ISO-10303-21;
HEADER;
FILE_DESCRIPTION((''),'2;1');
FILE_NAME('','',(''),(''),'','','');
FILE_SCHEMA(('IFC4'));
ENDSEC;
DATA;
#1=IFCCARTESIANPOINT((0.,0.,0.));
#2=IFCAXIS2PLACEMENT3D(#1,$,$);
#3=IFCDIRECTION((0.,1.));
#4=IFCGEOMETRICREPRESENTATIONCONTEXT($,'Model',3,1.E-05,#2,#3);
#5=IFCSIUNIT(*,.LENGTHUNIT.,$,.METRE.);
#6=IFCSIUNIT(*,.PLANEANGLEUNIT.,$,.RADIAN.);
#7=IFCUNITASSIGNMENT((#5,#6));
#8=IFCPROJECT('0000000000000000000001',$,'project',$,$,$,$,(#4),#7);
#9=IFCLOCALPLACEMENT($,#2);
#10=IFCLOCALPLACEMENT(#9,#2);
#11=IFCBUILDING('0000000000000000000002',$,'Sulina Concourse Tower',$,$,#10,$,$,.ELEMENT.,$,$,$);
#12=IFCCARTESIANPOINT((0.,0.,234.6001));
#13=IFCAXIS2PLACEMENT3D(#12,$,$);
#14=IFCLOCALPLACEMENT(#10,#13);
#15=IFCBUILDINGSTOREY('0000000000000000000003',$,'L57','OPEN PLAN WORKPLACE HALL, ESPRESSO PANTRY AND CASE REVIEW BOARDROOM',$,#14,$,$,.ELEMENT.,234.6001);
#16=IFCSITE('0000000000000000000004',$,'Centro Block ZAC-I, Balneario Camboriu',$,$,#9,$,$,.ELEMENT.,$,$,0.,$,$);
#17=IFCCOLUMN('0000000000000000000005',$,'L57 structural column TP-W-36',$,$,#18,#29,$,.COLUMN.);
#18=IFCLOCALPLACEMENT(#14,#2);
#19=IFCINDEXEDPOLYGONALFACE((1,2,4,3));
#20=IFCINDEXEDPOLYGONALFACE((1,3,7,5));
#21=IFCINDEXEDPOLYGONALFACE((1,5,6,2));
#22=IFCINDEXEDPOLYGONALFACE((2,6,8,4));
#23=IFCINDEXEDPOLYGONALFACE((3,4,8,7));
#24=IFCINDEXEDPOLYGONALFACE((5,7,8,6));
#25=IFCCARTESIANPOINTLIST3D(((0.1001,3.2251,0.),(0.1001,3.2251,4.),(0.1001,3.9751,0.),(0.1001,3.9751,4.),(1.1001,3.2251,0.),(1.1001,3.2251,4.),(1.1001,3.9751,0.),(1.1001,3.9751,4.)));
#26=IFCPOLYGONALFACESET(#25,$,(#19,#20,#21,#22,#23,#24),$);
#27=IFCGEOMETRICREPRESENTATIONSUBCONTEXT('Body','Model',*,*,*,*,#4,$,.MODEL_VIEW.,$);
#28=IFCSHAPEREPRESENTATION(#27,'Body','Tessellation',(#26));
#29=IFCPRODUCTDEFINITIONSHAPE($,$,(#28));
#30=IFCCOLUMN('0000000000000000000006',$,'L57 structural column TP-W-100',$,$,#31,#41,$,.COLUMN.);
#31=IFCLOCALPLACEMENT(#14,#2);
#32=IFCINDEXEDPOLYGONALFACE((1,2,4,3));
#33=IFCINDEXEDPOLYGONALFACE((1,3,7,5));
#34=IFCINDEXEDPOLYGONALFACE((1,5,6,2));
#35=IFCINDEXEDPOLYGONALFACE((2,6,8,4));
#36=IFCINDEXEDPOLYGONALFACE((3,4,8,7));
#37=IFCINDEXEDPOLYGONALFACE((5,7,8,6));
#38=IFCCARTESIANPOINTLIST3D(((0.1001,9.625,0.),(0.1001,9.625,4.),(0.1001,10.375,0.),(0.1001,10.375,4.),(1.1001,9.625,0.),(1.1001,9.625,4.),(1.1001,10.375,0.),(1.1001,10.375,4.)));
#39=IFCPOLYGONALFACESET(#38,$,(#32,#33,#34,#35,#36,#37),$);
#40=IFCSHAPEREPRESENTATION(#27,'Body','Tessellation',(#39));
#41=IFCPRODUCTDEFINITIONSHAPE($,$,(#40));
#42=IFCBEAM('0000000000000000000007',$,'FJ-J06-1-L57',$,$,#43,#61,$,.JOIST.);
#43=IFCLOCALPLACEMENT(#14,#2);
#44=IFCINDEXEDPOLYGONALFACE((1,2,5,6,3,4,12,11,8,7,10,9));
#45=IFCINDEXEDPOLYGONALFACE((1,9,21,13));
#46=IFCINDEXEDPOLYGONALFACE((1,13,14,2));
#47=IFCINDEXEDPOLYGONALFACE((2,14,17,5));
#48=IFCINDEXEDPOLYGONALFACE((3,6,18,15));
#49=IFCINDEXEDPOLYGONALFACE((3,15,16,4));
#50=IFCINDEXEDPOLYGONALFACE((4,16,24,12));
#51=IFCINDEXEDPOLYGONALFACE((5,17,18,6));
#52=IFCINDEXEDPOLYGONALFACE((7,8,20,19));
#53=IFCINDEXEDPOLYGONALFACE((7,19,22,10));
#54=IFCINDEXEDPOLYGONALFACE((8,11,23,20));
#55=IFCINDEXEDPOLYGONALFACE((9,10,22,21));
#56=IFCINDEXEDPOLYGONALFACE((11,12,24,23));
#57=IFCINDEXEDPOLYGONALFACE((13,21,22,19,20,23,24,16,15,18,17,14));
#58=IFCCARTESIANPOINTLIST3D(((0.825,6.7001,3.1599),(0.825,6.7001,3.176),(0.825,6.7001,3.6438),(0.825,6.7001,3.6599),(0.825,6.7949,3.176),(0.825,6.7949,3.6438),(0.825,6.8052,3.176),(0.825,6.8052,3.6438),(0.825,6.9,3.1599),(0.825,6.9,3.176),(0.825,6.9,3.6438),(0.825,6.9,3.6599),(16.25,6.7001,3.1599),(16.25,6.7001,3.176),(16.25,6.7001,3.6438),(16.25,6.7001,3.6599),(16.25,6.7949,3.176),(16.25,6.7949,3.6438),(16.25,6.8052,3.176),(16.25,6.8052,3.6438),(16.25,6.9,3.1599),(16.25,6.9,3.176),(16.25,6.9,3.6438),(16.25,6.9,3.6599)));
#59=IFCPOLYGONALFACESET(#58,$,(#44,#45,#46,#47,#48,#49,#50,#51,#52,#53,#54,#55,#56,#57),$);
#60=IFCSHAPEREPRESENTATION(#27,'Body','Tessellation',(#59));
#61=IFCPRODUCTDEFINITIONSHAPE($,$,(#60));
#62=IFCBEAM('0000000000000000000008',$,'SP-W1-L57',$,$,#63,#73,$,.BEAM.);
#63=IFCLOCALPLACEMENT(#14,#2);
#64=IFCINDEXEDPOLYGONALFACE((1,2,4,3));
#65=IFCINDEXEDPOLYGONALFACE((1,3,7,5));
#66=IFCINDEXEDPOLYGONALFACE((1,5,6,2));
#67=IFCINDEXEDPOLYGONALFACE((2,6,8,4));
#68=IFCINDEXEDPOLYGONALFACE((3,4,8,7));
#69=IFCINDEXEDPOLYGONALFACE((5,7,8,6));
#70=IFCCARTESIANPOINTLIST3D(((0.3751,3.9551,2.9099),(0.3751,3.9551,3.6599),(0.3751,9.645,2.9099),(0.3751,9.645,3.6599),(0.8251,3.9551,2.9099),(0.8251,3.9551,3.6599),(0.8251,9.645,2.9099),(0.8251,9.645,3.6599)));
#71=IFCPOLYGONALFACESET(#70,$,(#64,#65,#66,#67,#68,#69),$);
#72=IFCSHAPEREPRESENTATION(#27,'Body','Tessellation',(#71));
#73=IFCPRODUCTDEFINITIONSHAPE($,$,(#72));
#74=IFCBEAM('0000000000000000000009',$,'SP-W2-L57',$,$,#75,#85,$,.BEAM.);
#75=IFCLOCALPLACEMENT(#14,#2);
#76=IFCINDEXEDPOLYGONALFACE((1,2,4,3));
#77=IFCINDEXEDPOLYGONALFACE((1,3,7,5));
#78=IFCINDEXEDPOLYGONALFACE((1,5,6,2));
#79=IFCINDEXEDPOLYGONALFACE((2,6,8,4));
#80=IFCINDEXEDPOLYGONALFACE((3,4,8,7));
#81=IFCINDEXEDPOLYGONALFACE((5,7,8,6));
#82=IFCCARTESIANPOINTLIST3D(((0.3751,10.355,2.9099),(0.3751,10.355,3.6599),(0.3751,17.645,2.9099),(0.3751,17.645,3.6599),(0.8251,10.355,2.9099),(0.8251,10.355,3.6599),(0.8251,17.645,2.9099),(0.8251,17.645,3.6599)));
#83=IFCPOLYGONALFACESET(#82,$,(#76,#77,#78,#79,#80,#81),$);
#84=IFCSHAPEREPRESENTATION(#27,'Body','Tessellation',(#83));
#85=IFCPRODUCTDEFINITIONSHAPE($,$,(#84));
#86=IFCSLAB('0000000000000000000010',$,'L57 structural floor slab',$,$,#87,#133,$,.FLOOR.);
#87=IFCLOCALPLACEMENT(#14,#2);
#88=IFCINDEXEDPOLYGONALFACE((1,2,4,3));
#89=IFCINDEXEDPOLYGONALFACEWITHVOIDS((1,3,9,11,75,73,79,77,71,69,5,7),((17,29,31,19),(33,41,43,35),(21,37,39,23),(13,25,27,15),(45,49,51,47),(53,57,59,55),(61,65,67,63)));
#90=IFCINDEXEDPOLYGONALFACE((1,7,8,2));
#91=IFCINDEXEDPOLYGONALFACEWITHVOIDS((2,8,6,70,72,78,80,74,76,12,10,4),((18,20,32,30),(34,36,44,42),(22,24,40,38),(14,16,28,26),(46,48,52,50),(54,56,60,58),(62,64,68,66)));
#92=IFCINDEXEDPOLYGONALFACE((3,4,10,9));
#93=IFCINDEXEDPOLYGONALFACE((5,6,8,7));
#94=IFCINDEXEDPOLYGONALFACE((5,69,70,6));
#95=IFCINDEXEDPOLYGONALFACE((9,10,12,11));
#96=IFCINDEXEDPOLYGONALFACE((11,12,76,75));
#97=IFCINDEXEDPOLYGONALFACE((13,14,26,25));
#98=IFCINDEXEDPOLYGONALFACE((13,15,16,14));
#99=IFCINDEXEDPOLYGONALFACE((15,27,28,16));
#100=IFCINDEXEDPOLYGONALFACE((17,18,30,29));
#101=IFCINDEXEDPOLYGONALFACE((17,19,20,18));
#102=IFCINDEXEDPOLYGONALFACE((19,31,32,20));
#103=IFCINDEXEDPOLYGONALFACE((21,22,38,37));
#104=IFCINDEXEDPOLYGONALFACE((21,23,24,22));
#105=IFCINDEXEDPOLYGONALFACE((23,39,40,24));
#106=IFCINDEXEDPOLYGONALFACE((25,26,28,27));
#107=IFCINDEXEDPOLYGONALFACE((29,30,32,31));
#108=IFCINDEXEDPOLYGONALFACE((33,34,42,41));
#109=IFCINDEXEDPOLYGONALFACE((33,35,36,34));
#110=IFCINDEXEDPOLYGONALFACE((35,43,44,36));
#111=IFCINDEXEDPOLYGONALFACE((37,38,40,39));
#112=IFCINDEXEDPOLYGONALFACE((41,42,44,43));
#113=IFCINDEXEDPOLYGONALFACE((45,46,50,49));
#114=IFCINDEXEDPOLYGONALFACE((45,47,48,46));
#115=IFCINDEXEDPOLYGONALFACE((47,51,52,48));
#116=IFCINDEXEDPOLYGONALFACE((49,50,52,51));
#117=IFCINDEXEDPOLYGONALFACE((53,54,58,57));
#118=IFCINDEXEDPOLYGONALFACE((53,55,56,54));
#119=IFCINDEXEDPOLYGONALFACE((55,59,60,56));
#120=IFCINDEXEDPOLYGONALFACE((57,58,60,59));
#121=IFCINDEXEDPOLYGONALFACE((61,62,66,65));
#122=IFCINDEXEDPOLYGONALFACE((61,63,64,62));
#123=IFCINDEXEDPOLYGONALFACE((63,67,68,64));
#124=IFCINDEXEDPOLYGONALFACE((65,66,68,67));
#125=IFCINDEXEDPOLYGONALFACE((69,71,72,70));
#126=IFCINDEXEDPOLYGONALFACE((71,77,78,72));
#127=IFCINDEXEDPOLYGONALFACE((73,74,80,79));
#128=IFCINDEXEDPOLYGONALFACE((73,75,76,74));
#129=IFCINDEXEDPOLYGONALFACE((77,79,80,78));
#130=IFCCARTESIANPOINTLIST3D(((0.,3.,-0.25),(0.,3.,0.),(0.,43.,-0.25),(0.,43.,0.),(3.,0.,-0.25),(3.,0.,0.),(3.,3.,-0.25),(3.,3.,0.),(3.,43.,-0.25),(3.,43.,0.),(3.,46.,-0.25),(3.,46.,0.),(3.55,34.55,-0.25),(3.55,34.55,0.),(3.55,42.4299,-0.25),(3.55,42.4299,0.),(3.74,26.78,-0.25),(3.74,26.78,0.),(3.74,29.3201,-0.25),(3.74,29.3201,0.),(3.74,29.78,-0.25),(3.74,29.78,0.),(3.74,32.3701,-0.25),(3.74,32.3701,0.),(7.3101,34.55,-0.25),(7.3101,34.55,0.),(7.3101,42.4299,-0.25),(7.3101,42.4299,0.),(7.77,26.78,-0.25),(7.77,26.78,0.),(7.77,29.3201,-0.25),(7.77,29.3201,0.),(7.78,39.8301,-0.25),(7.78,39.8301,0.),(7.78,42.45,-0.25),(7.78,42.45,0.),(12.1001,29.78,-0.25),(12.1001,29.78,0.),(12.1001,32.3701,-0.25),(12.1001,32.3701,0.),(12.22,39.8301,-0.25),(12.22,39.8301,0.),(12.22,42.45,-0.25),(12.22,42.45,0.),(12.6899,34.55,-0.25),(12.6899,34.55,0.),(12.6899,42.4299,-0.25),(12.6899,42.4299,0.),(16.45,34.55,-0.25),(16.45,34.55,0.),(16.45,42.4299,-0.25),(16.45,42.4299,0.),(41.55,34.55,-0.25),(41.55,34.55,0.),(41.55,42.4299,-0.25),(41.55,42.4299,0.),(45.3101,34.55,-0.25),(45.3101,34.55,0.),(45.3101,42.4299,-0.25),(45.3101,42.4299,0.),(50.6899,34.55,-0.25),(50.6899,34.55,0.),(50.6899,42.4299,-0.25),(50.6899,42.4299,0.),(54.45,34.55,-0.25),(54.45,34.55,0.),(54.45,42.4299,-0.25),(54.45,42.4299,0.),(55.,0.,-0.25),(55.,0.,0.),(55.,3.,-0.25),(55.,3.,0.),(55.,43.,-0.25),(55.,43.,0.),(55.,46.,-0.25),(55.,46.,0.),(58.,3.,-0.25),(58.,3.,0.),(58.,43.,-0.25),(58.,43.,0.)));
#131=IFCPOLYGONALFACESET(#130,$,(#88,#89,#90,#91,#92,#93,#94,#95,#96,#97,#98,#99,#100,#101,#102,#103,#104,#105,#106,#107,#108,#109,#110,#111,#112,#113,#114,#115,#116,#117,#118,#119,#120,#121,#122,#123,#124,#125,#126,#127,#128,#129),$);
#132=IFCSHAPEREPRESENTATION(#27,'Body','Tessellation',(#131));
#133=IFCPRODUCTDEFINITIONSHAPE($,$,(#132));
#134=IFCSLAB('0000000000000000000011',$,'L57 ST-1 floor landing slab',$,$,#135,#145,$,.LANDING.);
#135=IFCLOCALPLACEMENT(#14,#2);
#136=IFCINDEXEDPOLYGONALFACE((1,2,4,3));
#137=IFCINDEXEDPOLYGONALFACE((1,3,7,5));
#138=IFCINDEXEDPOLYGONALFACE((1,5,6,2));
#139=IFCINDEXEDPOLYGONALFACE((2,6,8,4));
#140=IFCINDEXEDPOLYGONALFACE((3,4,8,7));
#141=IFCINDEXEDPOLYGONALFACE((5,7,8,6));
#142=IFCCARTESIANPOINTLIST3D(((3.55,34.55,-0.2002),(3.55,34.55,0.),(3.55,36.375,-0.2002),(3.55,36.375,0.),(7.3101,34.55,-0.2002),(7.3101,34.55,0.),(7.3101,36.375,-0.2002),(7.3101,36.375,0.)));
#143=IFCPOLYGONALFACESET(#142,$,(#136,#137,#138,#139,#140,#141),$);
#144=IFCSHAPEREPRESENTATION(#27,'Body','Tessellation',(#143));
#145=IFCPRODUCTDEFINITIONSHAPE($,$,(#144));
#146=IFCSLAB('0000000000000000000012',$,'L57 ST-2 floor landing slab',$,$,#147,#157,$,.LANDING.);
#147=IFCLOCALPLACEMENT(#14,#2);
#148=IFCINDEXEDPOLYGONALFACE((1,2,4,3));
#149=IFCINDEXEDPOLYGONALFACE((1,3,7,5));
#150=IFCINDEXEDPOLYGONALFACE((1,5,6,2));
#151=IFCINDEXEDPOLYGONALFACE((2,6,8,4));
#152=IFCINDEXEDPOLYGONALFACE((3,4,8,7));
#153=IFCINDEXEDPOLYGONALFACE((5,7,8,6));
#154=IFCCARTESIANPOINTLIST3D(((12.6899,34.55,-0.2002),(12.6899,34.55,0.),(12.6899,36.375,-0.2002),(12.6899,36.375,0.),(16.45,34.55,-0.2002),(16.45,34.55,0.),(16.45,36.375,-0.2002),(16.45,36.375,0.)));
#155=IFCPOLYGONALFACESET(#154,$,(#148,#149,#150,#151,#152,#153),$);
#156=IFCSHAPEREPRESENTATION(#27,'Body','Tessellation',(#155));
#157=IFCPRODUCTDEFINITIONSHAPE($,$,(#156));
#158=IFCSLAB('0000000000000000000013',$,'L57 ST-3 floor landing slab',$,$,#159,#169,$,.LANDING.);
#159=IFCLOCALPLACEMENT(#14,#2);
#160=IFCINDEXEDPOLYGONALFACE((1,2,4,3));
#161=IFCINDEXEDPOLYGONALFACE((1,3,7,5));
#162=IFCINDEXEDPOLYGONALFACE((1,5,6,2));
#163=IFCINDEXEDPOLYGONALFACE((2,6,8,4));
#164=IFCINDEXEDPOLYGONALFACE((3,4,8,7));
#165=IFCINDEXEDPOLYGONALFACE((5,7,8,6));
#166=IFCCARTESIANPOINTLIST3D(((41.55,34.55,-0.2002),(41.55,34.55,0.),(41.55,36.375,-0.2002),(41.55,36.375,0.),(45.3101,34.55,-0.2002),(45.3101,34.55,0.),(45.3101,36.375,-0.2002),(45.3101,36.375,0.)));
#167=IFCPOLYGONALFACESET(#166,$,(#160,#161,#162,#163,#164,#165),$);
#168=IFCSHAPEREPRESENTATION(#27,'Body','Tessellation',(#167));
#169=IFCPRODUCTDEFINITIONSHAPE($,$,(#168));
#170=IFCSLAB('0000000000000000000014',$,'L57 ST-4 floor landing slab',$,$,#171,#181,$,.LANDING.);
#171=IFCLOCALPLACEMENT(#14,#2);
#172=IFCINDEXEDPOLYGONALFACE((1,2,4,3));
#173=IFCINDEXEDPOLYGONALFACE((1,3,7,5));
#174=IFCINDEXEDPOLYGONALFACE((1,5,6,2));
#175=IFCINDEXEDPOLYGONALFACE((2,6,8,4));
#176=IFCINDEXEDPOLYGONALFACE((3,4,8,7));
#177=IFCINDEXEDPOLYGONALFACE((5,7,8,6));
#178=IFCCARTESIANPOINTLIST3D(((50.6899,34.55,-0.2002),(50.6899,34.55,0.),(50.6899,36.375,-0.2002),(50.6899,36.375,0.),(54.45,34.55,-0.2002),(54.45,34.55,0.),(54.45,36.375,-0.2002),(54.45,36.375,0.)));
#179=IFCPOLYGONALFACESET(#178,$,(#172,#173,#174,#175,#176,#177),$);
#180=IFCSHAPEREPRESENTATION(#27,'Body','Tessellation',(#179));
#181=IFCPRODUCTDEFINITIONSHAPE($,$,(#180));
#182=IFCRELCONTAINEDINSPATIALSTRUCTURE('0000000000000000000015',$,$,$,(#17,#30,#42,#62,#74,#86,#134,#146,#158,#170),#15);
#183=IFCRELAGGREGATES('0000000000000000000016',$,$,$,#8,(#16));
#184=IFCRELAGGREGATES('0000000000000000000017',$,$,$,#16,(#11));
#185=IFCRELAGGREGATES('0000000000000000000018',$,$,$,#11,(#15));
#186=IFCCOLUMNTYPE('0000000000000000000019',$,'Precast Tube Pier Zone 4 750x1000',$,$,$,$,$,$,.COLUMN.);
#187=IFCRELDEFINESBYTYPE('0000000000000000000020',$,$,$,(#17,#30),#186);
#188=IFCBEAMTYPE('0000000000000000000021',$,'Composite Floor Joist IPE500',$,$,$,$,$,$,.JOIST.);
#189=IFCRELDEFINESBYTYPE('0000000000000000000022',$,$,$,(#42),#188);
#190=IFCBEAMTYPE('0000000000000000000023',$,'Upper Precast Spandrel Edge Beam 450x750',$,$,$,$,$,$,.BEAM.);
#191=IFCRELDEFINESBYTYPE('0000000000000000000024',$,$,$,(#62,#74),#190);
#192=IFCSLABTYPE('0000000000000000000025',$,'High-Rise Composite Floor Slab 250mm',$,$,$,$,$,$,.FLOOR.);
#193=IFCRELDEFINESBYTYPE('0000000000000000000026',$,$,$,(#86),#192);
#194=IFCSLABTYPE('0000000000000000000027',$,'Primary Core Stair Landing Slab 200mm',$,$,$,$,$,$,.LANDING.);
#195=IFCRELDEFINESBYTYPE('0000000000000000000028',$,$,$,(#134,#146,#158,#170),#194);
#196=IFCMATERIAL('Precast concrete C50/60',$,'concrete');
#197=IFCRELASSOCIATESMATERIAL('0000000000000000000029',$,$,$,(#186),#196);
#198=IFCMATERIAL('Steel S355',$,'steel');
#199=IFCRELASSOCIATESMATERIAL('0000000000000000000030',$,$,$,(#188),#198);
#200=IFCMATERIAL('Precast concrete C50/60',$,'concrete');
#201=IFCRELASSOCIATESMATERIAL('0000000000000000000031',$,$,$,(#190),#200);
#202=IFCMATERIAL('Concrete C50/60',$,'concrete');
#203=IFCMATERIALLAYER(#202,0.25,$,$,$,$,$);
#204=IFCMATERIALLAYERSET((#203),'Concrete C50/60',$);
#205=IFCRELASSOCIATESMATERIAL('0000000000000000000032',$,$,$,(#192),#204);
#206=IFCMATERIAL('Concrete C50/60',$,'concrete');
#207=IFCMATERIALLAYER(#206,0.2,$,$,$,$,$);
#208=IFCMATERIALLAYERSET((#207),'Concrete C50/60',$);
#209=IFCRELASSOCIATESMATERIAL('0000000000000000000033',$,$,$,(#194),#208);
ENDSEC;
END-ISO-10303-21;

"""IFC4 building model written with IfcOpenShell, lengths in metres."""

from ifc_helpers import new_model, si_unit, direction, frame, origin, origin_2d, place, context, subcontext, project, spatial, polyline, rectangle, i_section, outline, extrude, material, layer, layer_set, material_profile, profile_set, type_object, element, save


model = new_model("IFC4")

# Units and contexts
model_context = context("Model", 3, precision=1e-05, world=origin(), true_north=direction((0.0, 1.0)))
body_context = subcontext(model_context, "Body", "Model", "MODEL_VIEW")
ifc_project = project(units=[si_unit("LENGTHUNIT", "METRE"), si_unit("PLANEANGLEUNIT", "RADIAN")], contexts=[model_context])

# Site, building, storey
site_placement = place(None, origin())
site = spatial("IfcSite", under=ifc_project, at=site_placement, Name="Centro Block ZAC-I, Balneario Camboriu", CompositionType="ELEMENT", RefElevation=0.0)
building_placement = place(site_placement, origin())
building = spatial("IfcBuilding", under=site, at=building_placement, Name="Sulina Concourse Tower", CompositionType="ELEMENT")
storey_placement = place(building_placement, frame((0.0, 0.0, 234.6001)))
storey = spatial("IfcBuildingStorey", under=building, at=storey_placement, Name="L57", Description="OPEN PLAN WORKPLACE HALL, ESPRESSO PANTRY AND CASE REVIEW BOARDROOM", CompositionType="ELEMENT", Elevation=234.6001)

# Columns
ifc_material_1 = material(Name="Precast concrete C50/60", Category="concrete")
ifc_material_profile_1 = material_profile(ifc_material_1, rectangle(XDim=0.75, YDim=1.0, at=origin_2d()), Name="PC 750x1000")
ifc_profile_set_1 = profile_set([ifc_material_profile_1], Name="Precast concrete C50/60")
column_type = type_object("IfcColumnType", Name="Precast Tube Pier Zone 4 750x1000", PredefinedType="COLUMN", material=ifc_profile_set_1)
for number, where, z_axis, x_axis, name in (
    (1, (0.6001, 3.6001, 0.0), (0.0, 0.0, 1.0), (0.0, 1.0, 0.0), "L57 structural column TP-W-36"),
    (2, (0.6001, 10.0, 0.0), (0.0, 0.0, 1.0), (0.0, 1.0, 0.0), "L57 structural column TP-W-100"),
):
    element("IfcColumn", number, at=place(storey_placement, frame(where, z_axis=z_axis, x_axis=x_axis)), inside=storey, type_object=column_type, Name=name, PredefinedType="COLUMN", context=body_context, shape_type="SweptSolid", body=[
        extrude(rectangle(XDim=0.75, YDim=1.0, at=origin_2d()), origin(), (0.0, 0.0, 1.0), 4.0),
    ])

# Beams
ifc_material_2 = material(Name="Steel S355", Category="steel")
ifc_material_profile_2 = material_profile(ifc_material_2, i_section(OverallWidth=0.2, OverallDepth=0.5, WebThickness=0.0103, FlangeThickness=0.0161, at=origin_2d()), Name="IPE 500")
ifc_profile_set_2 = profile_set([ifc_material_profile_2], Name="Steel S355")
beam_type_1 = type_object("IfcBeamType", Name="Composite Floor Joist IPE500", PredefinedType="JOIST", material=ifc_profile_set_2)
beam_1_placement = place(storey_placement, frame((0.825, 6.8, 3.4099), z_axis=(1.0, 0.0, 0.0), x_axis=(0.0, 1.0, 0.0)))
element("IfcBeam", 3, at=beam_1_placement, inside=storey, type_object=beam_type_1, Name="FJ-J06-1-L57", PredefinedType="JOIST", context=body_context, shape_type="SweptSolid", body=[
    extrude(i_section(OverallWidth=0.2, OverallDepth=0.5, WebThickness=0.0103, FlangeThickness=0.0161, at=origin_2d()), origin(), (0.0, 0.0, 1.0), 15.425),
])
ifc_material_3 = material(Name="Precast concrete C50/60", Category="concrete")
ifc_material_profile_3 = material_profile(ifc_material_3, rectangle(XDim=0.45, YDim=0.75, at=origin_2d()), Name="RC 450x750")
ifc_profile_set_3 = profile_set([ifc_material_profile_3], Name="Precast concrete C50/60")
beam_type_2 = type_object("IfcBeamType", Name="Upper Precast Spandrel Edge Beam 450x750", PredefinedType="BEAM", material=ifc_profile_set_3)
beam_2_placement = place(storey_placement, frame((0.6001, 3.9551, 3.2849), z_axis=(0.0, 1.0, 0.0), x_axis=(-1.0, 0.0, 0.0)))
element("IfcBeam", 4, at=beam_2_placement, inside=storey, type_object=beam_type_2, Name="SP-W1-L57", PredefinedType="BEAM", context=body_context, shape_type="SweptSolid", body=[
    extrude(rectangle(XDim=0.45, YDim=0.75, at=origin_2d()), origin(), (0.0, 0.0, 1.0), 5.6899),
])
beam_3_placement = place(storey_placement, frame((0.6001, 10.355, 3.2849), z_axis=(0.0, 1.0, 0.0), x_axis=(-1.0, 0.0, 0.0)))
element("IfcBeam", 5, at=beam_3_placement, inside=storey, type_object=beam_type_2, Name="SP-W2-L57", PredefinedType="BEAM", context=body_context, shape_type="SweptSolid", body=[
    extrude(rectangle(XDim=0.45, YDim=0.75, at=origin_2d()), origin(), (0.0, 0.0, 1.0), 7.29),
])

# Slabs
ifc_material_4 = material(Name="Concrete C50/60", Category="concrete")
ifc_layer_1 = layer(ifc_material_4, 0.25)
ifc_layer_set_1 = layer_set([ifc_layer_1], Name="Concrete C50/60")
slab_type_1 = type_object("IfcSlabType", Name="High-Rise Composite Floor Slab 250mm", PredefinedType="FLOOR", material=ifc_layer_set_1)
slab_1_placement = place(storey_placement, frame((0.0, 0.0, -0.25)))
element("IfcSlab", 6, at=slab_1_placement, inside=storey, type_object=slab_type_1, Name="L57 structural floor slab", PredefinedType="FLOOR", context=body_context, shape_type="SweptSolid", body=[
    extrude(outline(polyline([(3.0, 0.0), (55.0, 0.0), (55.0, 3.0), (58.0, 3.0), (58.0, 43.0), (55.0, 43.0), (55.0, 46.0), (3.0, 46.0), (3.0, 43.0), (0.0, 43.0), (0.0, 3.0), (3.0, 3.0), (3.0, 0.0)]), holes=[polyline([(7.3101, 34.55), (7.3101, 42.4299), (3.55, 42.4299), (3.55, 34.55), (7.3101, 34.55)]), polyline([(16.45, 34.55), (16.45, 42.4299), (12.6899, 42.4299), (12.6899, 34.55), (16.45, 34.55)]), polyline([(45.3101, 34.55), (45.3101, 42.4299), (41.55, 42.4299), (41.55, 34.55), (45.3101, 34.55)]), polyline([(54.45, 34.55), (54.45, 42.4299), (50.6899, 42.4299), (50.6899, 34.55), (54.45, 34.55)]), polyline([(7.78, 39.8301), (12.22, 39.8301), (12.22, 42.45), (7.78, 42.45), (7.78, 39.8301)]), polyline([(3.74, 26.78), (7.77, 26.78), (7.77, 29.3201), (3.74, 29.3201), (3.74, 26.78)]), polyline([(3.74, 29.78), (12.1001, 29.78), (12.1001, 32.3701), (3.74, 32.3701), (3.74, 29.78)])]), origin(), (0.0, 0.0, 1.0), 0.25),
])
ifc_material_5 = material(Name="Concrete C50/60", Category="concrete")
ifc_layer_2 = layer(ifc_material_5, 0.2)
ifc_layer_set_2 = layer_set([ifc_layer_2], Name="Concrete C50/60")
slab_type_2 = type_object("IfcSlabType", Name="Primary Core Stair Landing Slab 200mm", PredefinedType="LANDING", material=ifc_layer_set_2)
slab_2_placement = place(storey_placement, frame((0.0, 0.0, -0.2002)))
element("IfcSlab", 7, at=slab_2_placement, inside=storey, type_object=slab_type_2, Name="L57 ST-1 floor landing slab", PredefinedType="LANDING", context=body_context, shape_type="SweptSolid", body=[
    extrude(outline(polyline([(7.3101, 34.55), (7.3101, 36.375), (3.55, 36.375), (3.55, 34.55), (7.3101, 34.55)])), origin(), (0.0, 0.0, 1.0), 0.2002),
])
slab_3_placement = place(storey_placement, frame((0.0, 0.0, -0.2002)))
element("IfcSlab", 8, at=slab_3_placement, inside=storey, type_object=slab_type_2, Name="L57 ST-2 floor landing slab", PredefinedType="LANDING", context=body_context, shape_type="SweptSolid", body=[
    extrude(outline(polyline([(16.45, 34.55), (16.45, 36.375), (12.6899, 36.375), (12.6899, 34.55), (16.45, 34.55)])), origin(), (0.0, 0.0, 1.0), 0.2002),
])
slab_4_placement = place(storey_placement, frame((0.0, 0.0, -0.2002)))
element("IfcSlab", 9, at=slab_4_placement, inside=storey, type_object=slab_type_2, Name="L57 ST-3 floor landing slab", PredefinedType="LANDING", context=body_context, shape_type="SweptSolid", body=[
    extrude(outline(polyline([(45.3101, 34.55), (45.3101, 36.375), (41.55, 36.375), (41.55, 34.55), (45.3101, 34.55)])), origin(), (0.0, 0.0, 1.0), 0.2002),
])
slab_5_placement = place(storey_placement, frame((0.0, 0.0, -0.2002)))
element("IfcSlab", 10, at=slab_5_placement, inside=storey, type_object=slab_type_2, Name="L57 ST-4 floor landing slab", PredefinedType="LANDING", context=body_context, shape_type="SweptSolid", body=[
    extrude(outline(polyline([(54.45, 34.55), (54.45, 36.375), (50.6899, 36.375), (50.6899, 34.55), (54.45, 34.55)])), origin(), (0.0, 0.0, 1.0), 0.2002),
])

save(model, "model.ifc")
